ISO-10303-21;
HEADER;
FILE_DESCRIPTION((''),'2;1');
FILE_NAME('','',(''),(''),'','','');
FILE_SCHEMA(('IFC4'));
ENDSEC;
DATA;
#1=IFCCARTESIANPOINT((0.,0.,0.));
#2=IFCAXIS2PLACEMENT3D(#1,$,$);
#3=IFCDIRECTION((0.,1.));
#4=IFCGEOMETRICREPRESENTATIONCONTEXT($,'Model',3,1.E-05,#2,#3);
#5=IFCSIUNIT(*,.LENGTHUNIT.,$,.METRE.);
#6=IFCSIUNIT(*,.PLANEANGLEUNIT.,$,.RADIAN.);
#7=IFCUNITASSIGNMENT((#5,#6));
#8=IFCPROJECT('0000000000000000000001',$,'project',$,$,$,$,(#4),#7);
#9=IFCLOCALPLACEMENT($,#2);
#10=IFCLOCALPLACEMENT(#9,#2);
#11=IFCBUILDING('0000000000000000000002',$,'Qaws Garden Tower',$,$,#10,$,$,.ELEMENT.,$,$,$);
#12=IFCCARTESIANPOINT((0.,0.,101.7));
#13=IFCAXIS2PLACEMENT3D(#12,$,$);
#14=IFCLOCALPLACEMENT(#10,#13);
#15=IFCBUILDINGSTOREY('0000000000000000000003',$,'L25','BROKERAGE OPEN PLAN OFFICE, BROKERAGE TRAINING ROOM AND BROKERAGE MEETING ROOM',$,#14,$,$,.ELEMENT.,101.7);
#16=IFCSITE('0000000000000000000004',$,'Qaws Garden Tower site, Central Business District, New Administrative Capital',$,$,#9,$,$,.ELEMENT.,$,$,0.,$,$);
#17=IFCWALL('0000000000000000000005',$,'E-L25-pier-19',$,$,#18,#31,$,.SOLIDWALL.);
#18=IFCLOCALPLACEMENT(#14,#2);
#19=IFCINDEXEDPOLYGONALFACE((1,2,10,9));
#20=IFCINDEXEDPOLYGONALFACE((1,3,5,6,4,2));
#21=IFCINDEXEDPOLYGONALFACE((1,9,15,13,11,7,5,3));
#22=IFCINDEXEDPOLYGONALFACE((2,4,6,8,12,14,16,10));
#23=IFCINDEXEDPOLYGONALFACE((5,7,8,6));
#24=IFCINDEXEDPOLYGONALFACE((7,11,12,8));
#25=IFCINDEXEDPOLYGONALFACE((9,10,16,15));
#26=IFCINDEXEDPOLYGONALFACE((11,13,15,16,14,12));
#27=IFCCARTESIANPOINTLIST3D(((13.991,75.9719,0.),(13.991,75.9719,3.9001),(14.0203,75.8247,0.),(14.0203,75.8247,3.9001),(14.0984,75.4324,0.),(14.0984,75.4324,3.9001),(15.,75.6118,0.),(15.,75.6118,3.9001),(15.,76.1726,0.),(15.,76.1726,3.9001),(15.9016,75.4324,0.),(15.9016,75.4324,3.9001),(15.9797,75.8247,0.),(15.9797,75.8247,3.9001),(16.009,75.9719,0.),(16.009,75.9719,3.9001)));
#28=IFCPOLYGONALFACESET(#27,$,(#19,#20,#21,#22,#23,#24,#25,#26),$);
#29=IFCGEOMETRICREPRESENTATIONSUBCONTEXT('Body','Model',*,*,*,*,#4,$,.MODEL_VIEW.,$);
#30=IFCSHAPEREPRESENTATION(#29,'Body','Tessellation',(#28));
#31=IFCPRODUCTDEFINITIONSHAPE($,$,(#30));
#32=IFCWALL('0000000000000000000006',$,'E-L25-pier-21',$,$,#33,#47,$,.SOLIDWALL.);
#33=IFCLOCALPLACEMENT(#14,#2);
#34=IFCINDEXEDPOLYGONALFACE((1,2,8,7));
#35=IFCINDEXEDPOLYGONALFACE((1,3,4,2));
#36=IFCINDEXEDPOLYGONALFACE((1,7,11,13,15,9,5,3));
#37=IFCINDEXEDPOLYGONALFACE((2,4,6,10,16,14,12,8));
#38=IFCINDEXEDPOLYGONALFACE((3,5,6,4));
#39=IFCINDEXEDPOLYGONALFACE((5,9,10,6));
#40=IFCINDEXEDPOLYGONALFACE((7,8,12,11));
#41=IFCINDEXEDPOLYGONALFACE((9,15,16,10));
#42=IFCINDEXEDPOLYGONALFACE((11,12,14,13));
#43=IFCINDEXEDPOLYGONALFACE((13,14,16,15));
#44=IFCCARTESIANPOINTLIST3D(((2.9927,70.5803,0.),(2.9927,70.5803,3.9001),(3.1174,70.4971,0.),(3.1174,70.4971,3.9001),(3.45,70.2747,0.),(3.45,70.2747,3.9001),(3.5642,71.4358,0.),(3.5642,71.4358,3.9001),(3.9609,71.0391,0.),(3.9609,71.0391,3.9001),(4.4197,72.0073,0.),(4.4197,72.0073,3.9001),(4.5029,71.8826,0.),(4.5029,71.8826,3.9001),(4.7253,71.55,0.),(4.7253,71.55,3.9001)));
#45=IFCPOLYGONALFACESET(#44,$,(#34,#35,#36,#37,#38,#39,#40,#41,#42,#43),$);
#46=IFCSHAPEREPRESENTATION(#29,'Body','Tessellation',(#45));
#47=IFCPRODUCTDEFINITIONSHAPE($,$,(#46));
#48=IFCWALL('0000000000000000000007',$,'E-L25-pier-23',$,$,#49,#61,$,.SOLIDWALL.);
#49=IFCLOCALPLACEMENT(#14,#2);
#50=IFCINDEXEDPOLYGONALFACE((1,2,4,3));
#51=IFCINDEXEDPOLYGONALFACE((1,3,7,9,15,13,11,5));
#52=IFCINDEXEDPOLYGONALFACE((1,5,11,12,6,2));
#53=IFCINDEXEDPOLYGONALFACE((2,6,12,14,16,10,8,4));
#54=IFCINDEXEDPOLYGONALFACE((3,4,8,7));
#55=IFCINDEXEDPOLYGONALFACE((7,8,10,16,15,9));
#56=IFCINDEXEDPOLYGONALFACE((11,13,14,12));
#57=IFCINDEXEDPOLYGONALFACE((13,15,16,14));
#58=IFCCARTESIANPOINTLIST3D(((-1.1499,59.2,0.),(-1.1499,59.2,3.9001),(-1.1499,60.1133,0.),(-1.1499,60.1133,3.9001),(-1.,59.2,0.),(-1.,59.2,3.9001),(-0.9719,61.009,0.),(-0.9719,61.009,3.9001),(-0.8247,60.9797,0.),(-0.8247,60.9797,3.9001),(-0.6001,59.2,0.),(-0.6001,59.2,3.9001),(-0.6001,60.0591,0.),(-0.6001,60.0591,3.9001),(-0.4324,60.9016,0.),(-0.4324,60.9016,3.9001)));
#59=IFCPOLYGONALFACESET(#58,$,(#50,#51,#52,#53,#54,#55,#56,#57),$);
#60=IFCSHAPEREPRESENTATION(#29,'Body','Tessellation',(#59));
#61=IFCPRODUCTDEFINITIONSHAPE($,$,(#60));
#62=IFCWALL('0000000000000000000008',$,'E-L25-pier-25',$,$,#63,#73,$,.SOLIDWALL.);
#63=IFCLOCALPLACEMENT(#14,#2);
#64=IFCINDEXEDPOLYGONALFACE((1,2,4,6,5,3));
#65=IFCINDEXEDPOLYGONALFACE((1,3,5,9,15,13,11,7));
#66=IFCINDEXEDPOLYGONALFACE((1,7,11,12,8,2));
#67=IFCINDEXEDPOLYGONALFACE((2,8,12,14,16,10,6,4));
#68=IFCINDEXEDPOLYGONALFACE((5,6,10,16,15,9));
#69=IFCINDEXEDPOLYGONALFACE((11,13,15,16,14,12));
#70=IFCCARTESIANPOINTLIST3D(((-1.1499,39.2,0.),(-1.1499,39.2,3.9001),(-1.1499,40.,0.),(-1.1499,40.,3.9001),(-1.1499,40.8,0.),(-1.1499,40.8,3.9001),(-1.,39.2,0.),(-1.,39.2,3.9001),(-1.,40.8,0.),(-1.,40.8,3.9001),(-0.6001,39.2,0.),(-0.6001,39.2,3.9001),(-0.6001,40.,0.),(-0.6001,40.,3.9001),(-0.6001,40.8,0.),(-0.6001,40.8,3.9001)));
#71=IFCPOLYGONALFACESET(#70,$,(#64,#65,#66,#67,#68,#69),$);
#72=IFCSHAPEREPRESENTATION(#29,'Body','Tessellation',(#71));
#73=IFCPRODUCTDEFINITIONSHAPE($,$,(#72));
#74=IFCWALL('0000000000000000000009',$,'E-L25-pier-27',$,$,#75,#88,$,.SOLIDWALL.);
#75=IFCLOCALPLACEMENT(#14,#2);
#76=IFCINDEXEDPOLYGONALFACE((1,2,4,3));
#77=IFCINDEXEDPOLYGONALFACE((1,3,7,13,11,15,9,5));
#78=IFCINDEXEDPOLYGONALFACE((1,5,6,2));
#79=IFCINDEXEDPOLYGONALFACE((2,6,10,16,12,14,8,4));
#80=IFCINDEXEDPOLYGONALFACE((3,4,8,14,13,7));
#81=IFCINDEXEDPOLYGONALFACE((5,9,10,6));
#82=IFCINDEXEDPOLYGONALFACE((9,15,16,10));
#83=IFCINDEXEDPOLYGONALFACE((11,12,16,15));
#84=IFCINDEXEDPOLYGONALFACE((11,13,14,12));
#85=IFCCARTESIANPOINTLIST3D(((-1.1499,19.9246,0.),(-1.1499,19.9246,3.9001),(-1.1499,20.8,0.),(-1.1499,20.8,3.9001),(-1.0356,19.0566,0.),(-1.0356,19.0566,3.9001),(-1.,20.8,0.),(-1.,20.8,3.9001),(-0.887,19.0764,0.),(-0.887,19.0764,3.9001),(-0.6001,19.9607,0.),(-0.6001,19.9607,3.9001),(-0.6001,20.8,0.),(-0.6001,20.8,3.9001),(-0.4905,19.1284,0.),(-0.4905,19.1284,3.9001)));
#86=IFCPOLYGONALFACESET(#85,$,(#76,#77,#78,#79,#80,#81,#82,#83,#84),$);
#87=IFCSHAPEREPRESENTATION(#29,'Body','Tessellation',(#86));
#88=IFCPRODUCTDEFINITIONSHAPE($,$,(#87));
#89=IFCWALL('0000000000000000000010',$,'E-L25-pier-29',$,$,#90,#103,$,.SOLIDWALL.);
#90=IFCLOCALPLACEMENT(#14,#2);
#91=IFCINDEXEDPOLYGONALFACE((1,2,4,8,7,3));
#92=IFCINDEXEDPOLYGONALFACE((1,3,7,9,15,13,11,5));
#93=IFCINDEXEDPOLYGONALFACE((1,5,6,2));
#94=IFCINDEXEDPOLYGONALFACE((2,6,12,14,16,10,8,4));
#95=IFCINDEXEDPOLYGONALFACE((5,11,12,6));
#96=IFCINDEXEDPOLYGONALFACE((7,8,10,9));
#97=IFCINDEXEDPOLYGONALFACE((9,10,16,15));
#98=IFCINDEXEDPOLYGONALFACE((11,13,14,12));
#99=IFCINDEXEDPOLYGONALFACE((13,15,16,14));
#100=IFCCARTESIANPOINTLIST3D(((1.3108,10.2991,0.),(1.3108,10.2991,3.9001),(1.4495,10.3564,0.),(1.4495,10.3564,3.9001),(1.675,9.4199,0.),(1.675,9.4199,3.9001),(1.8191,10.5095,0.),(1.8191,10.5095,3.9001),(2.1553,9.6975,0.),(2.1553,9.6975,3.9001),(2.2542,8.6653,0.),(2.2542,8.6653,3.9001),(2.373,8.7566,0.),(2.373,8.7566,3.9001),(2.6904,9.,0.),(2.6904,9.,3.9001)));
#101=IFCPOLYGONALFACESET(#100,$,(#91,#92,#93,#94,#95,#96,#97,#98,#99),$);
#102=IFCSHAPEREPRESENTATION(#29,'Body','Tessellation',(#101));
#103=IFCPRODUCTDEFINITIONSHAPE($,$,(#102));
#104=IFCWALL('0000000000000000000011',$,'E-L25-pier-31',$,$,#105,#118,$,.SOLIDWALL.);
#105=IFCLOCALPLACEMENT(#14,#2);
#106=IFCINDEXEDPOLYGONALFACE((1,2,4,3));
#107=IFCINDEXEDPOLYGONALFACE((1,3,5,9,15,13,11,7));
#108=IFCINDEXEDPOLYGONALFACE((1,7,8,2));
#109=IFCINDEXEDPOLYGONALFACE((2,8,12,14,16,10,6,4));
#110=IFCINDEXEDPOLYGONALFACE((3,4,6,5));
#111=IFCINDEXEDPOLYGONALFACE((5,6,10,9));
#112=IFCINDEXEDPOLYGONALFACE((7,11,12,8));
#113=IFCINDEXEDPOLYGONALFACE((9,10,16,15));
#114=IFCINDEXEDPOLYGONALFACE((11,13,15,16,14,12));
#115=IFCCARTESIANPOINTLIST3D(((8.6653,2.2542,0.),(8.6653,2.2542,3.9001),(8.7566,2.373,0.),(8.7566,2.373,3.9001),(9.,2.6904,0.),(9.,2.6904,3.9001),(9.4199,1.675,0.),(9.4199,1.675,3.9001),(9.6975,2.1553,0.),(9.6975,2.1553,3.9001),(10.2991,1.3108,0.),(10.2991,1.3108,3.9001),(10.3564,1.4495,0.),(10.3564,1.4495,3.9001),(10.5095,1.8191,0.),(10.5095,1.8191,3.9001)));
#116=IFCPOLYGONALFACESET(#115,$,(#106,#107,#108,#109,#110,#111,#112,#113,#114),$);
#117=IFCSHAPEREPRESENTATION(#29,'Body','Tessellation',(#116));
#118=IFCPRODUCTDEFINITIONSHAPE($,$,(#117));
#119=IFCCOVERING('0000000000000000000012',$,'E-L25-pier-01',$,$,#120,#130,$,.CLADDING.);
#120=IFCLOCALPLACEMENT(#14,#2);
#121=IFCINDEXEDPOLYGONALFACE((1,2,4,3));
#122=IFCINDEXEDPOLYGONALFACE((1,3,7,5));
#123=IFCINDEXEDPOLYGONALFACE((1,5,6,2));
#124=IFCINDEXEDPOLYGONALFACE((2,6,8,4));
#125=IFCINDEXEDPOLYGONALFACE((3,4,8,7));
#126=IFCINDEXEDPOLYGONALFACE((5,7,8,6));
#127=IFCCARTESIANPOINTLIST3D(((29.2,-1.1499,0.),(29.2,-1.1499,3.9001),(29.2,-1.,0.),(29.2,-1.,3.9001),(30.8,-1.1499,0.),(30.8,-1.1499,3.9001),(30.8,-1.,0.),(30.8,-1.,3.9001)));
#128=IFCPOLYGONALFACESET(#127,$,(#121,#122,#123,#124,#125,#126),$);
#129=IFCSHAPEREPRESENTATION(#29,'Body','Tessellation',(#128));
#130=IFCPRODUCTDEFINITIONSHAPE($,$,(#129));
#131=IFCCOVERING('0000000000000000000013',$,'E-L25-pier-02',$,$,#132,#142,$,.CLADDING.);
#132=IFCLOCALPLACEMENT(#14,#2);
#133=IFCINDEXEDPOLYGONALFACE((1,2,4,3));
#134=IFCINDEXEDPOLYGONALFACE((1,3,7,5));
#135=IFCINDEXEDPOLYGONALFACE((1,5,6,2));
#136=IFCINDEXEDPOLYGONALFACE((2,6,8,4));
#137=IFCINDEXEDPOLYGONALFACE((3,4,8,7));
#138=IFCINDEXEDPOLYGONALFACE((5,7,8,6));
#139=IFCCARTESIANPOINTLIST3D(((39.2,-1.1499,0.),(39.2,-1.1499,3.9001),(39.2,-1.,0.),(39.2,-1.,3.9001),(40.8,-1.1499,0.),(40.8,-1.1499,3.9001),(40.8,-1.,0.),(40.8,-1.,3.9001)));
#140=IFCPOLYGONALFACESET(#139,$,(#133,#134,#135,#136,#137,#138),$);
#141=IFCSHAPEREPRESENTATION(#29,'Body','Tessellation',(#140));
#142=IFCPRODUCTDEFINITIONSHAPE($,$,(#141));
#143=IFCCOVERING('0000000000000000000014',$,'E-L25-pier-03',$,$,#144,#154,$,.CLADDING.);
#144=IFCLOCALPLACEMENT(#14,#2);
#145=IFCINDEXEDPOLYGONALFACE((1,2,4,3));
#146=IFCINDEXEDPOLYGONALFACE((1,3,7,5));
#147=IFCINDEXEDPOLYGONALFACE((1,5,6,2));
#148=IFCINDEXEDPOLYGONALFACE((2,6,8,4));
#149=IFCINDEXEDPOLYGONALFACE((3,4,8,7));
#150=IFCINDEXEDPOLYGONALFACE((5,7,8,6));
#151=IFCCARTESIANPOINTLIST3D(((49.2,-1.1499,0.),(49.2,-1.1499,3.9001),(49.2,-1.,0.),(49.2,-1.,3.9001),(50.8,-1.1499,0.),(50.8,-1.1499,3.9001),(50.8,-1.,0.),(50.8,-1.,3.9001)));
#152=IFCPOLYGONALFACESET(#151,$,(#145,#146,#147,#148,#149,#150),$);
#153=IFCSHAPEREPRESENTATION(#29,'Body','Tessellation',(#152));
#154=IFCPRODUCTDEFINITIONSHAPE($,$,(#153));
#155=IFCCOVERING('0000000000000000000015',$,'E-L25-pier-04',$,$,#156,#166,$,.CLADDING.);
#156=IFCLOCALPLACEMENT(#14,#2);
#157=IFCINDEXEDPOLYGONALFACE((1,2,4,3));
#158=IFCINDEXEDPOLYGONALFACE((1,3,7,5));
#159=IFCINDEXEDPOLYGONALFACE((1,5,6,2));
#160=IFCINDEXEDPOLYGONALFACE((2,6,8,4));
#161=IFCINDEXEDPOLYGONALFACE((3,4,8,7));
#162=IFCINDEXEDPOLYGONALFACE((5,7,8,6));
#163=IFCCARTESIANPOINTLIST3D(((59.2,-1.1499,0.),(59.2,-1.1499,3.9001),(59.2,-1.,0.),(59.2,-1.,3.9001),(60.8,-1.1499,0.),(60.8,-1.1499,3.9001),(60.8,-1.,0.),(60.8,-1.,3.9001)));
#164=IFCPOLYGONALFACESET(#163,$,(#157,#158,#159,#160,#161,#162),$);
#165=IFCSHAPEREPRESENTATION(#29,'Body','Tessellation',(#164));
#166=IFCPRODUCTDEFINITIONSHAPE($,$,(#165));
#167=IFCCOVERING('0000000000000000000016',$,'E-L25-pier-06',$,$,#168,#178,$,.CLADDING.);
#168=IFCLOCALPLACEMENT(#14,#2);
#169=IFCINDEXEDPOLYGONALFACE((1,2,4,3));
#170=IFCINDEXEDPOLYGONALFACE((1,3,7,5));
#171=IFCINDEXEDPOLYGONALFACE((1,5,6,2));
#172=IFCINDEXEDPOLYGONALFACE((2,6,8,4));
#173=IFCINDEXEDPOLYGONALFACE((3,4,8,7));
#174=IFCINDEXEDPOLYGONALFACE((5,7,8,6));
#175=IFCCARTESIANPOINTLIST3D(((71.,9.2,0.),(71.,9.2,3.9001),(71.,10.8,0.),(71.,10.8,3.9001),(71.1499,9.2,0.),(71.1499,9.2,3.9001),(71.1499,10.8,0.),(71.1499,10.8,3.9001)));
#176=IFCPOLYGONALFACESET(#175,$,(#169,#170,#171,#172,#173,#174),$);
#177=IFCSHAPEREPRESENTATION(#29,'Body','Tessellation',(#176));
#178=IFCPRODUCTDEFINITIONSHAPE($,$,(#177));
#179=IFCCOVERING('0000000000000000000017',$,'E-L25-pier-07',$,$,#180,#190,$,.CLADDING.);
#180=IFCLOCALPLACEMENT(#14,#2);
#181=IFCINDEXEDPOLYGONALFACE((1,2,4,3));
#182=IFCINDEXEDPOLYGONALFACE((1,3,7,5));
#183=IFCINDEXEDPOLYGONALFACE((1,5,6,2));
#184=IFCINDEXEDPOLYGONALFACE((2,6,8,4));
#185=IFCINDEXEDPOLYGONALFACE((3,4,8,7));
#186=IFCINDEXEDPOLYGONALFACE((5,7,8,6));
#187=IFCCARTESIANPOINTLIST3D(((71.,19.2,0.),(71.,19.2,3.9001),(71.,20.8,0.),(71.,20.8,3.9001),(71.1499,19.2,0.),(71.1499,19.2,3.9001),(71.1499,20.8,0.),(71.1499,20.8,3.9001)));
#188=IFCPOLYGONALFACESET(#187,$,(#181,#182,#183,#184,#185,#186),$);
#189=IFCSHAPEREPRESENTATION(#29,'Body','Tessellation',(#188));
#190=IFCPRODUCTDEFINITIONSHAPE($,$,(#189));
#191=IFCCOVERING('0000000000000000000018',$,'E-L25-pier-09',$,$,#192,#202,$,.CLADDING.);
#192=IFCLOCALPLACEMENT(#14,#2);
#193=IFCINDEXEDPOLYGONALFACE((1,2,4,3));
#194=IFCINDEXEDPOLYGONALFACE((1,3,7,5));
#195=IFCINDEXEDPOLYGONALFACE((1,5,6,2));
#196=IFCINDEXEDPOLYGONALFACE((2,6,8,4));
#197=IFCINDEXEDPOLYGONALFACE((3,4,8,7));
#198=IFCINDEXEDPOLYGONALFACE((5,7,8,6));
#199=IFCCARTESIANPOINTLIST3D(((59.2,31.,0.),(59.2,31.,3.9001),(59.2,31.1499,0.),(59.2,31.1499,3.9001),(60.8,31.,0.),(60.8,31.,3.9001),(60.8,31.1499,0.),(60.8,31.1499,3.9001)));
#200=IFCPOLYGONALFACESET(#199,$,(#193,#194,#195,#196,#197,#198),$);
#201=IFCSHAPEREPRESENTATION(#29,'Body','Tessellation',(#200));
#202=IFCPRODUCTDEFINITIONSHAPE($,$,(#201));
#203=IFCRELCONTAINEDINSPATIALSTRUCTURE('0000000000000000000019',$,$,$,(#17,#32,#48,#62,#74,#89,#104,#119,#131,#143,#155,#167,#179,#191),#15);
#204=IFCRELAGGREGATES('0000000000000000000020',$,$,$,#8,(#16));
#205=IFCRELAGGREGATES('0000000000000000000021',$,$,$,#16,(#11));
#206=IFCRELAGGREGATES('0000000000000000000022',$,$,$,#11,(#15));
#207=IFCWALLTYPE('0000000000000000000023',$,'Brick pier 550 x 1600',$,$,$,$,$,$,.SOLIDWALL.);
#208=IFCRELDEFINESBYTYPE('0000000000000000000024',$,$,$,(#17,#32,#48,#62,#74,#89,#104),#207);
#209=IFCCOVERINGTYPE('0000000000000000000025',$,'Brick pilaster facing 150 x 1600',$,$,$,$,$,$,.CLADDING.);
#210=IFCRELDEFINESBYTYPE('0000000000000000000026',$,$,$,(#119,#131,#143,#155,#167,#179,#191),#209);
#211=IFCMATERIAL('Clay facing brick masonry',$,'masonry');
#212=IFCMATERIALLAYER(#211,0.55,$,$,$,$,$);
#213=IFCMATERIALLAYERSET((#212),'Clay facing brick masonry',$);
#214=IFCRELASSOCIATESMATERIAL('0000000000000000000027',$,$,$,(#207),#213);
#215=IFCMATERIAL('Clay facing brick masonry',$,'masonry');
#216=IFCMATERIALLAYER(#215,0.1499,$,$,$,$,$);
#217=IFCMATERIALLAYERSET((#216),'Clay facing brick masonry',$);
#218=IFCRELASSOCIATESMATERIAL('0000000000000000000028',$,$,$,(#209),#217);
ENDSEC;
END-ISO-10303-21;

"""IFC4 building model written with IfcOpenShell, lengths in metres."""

from ifc_helpers import new_model, si_unit, direction, frame, origin, place, context, subcontext, project, spatial, polyline, outline, extrude, material, layer, layer_set, type_object, element, save


model = new_model("IFC4")

# Units and contexts
model_context = context("Model", 3, precision=1e-05, world=origin(), true_north=direction((0.0, 1.0)))
body_context = subcontext(model_context, "Body", "Model", "MODEL_VIEW")
ifc_project = project(units=[si_unit("LENGTHUNIT", "METRE"), si_unit("PLANEANGLEUNIT", "RADIAN")], contexts=[model_context])

# Site, building, storey
site_placement = place(None, origin())
site = spatial("IfcSite", under=ifc_project, at=site_placement, Name="Qaws Garden Tower site, Central Business District, New Administrative Capital", CompositionType="ELEMENT", RefElevation=0.0)
building_placement = place(site_placement, origin())
building = spatial("IfcBuilding", under=site, at=building_placement, Name="Qaws Garden Tower", CompositionType="ELEMENT")
storey_placement = place(building_placement, frame((0.0, 0.0, 101.7)))
storey = spatial("IfcBuildingStorey", under=building, at=storey_placement, Name="L25", Description="BROKERAGE OPEN PLAN OFFICE, BROKERAGE TRAINING ROOM AND BROKERAGE MEETING ROOM", CompositionType="ELEMENT", Elevation=101.7)

# Walls
placement = place(storey_placement, origin())
ifc_material_1 = material(Name="Clay facing brick masonry", Category="masonry")
ifc_layer_1 = layer(ifc_material_1, 0.55)
ifc_layer_set_1 = layer_set([ifc_layer_1], Name="Clay facing brick masonry")
wall_type_1 = type_object("IfcWallType", Name="Brick pier 550 x 1600", PredefinedType="SOLIDWALL", material=ifc_layer_set_1)
element("IfcWall", 1, at=placement, inside=storey, type_object=wall_type_1, Name="E-L25-pier-19", PredefinedType="SOLIDWALL", context=body_context, shape_type="SweptSolid", body=[
    extrude(outline(polyline([(15.9797, 75.8247), (16.009, 75.9719), (15.0, 76.1726), (13.991, 75.9719), (14.0203, 75.8247), (14.0984, 75.4324), (15.0, 75.6118), (15.9016, 75.4324), (15.9797, 75.8247)])), origin(), (0.0, 0.0, 1.0), 3.9001),
])
element("IfcWall", 2, at=placement, inside=storey, type_object=wall_type_1, Name="E-L25-pier-21", PredefinedType="SOLIDWALL", context=body_context, shape_type="SweptSolid", body=[
    extrude(outline(polyline([(4.5029, 71.8826), (4.4197, 72.0073), (3.5642, 71.4358), (2.9927, 70.5803), (3.1174, 70.4971), (3.45, 70.2747), (3.9609, 71.0391), (4.7253, 71.55), (4.5029, 71.8826)])), origin(), (0.0, 0.0, 1.0), 3.9001),
])
element("IfcWall", 3, at=placement, inside=storey, type_object=wall_type_1, Name="E-L25-pier-23", PredefinedType="SOLIDWALL", context=body_context, shape_type="SweptSolid", body=[
    extrude(outline(polyline([(-0.8247, 60.9797), (-0.9719, 61.009), (-1.1499, 60.1133), (-1.1499, 59.2), (-1.0, 59.2), (-0.6001, 59.2), (-0.6001, 60.0591), (-0.4324, 60.9016), (-0.8247, 60.9797)])), origin(), (0.0, 0.0, 1.0), 3.9001),
])
element("IfcWall", 4, at=placement, inside=storey, type_object=wall_type_1, Name="E-L25-pier-25", PredefinedType="SOLIDWALL", context=body_context, shape_type="SweptSolid", body=[
    extrude(outline(polyline([(-1.0, 40.8), (-1.1499, 40.8), (-1.1499, 40.0), (-1.1499, 39.2), (-1.0, 39.2), (-0.6001, 39.2), (-0.6001, 40.0), (-0.6001, 40.8), (-1.0, 40.8)])), origin(), (0.0, 0.0, 1.0), 3.9001),
])
element("IfcWall", 5, at=placement, inside=storey, type_object=wall_type_1, Name="E-L25-pier-27", PredefinedType="SOLIDWALL", context=body_context, shape_type="SweptSolid", body=[
    extrude(outline(polyline([(-1.0, 20.8), (-1.1499, 20.8), (-1.1499, 19.9246), (-1.0356, 19.0566), (-0.887, 19.0764), (-0.4905, 19.1284), (-0.6001, 19.9607), (-0.6001, 20.8), (-1.0, 20.8)])), origin(), (0.0, 0.0, 1.0), 3.9001),
])
element("IfcWall", 6, at=placement, inside=storey, type_object=wall_type_1, Name="E-L25-pier-29", PredefinedType="SOLIDWALL", context=body_context, shape_type="SweptSolid", body=[
    extrude(outline(polyline([(1.4495, 10.3564), (1.3108, 10.2991), (1.675, 9.4199), (2.2542, 8.6653), (2.373, 8.7566), (2.6904, 9.0), (2.1553, 9.6975), (1.8191, 10.5095), (1.4495, 10.3564)])), origin(), (0.0, 0.0, 1.0), 3.9001),
])
element("IfcWall", 7, at=placement, inside=storey, type_object=wall_type_1, Name="E-L25-pier-31", PredefinedType="SOLIDWALL", context=body_context, shape_type="SweptSolid", body=[
    extrude(outline(polyline([(8.7566, 2.373), (8.6653, 2.2542), (9.4199, 1.675), (10.2991, 1.3108), (10.3564, 1.4495), (10.5095, 1.8191), (9.6975, 2.1553), (9.0, 2.6904), (8.7566, 2.373)])), origin(), (0.0, 0.0, 1.0), 3.9001),
])

# Coverings
ifc_material_2 = material(Name="Clay facing brick masonry", Category="masonry")
ifc_layer_2 = layer(ifc_material_2, 0.1499)
ifc_layer_set_2 = layer_set([ifc_layer_2], Name="Clay facing brick masonry")
covering_type = type_object("IfcCoveringType", Name="Brick pilaster facing 150 x 1600", PredefinedType="CLADDING", material=ifc_layer_set_2)
element("IfcCovering", 8, at=placement, inside=storey, type_object=covering_type, Name="E-L25-pier-01", PredefinedType="CLADDING", context=body_context, shape_type="SweptSolid", body=[
    extrude(outline(polyline([(29.2, -1.0), (30.8, -1.0), (30.8, -1.1499), (29.2, -1.1499), (29.2, -1.0)])), origin(), (0.0, 0.0, 1.0), 3.9001),
])
element("IfcCovering", 9, at=placement, inside=storey, type_object=covering_type, Name="E-L25-pier-02", PredefinedType="CLADDING", context=body_context, shape_type="SweptSolid", body=[
    extrude(outline(polyline([(39.2, -1.0), (40.8, -1.0), (40.8, -1.1499), (39.2, -1.1499), (39.2, -1.0)])), origin(), (0.0, 0.0, 1.0), 3.9001),
])
element("IfcCovering", 10, at=placement, inside=storey, type_object=covering_type, Name="E-L25-pier-03", PredefinedType="CLADDING", context=body_context, shape_type="SweptSolid", body=[
    extrude(outline(polyline([(49.2, -1.0), (50.8, -1.0), (50.8, -1.1499), (49.2, -1.1499), (49.2, -1.0)])), origin(), (0.0, 0.0, 1.0), 3.9001),
])
element("IfcCovering", 11, at=placement, inside=storey, type_object=covering_type, Name="E-L25-pier-04", PredefinedType="CLADDING", context=body_context, shape_type="SweptSolid", body=[
    extrude(outline(polyline([(59.2, -1.0), (60.8, -1.0), (60.8, -1.1499), (59.2, -1.1499), (59.2, -1.0)])), origin(), (0.0, 0.0, 1.0), 3.9001),
])
element("IfcCovering", 12, at=placement, inside=storey, type_object=covering_type, Name="E-L25-pier-06", PredefinedType="CLADDING", context=body_context, shape_type="SweptSolid", body=[
    extrude(outline(polyline([(71.0, 9.2), (71.0, 10.8), (71.1499, 10.8), (71.1499, 9.2), (71.0, 9.2)])), origin(), (0.0, 0.0, 1.0), 3.9001),
])
element("IfcCovering", 13, at=placement, inside=storey, type_object=covering_type, Name="E-L25-pier-07", PredefinedType="CLADDING", context=body_context, shape_type="SweptSolid", body=[
    extrude(outline(polyline([(71.0, 19.2), (71.0, 20.8), (71.1499, 20.8), (71.1499, 19.2), (71.0, 19.2)])), origin(), (0.0, 0.0, 1.0), 3.9001),
])
element("IfcCovering", 14, at=placement, inside=storey, type_object=covering_type, Name="E-L25-pier-09", PredefinedType="CLADDING", context=body_context, shape_type="SweptSolid", body=[
    extrude(outline(polyline([(60.8, 31.0), (59.2, 31.0), (59.2, 31.1499), (60.8, 31.1499), (60.8, 31.0)])), origin(), (0.0, 0.0, 1.0), 3.9001),
])

save(model, "model.ifc")
